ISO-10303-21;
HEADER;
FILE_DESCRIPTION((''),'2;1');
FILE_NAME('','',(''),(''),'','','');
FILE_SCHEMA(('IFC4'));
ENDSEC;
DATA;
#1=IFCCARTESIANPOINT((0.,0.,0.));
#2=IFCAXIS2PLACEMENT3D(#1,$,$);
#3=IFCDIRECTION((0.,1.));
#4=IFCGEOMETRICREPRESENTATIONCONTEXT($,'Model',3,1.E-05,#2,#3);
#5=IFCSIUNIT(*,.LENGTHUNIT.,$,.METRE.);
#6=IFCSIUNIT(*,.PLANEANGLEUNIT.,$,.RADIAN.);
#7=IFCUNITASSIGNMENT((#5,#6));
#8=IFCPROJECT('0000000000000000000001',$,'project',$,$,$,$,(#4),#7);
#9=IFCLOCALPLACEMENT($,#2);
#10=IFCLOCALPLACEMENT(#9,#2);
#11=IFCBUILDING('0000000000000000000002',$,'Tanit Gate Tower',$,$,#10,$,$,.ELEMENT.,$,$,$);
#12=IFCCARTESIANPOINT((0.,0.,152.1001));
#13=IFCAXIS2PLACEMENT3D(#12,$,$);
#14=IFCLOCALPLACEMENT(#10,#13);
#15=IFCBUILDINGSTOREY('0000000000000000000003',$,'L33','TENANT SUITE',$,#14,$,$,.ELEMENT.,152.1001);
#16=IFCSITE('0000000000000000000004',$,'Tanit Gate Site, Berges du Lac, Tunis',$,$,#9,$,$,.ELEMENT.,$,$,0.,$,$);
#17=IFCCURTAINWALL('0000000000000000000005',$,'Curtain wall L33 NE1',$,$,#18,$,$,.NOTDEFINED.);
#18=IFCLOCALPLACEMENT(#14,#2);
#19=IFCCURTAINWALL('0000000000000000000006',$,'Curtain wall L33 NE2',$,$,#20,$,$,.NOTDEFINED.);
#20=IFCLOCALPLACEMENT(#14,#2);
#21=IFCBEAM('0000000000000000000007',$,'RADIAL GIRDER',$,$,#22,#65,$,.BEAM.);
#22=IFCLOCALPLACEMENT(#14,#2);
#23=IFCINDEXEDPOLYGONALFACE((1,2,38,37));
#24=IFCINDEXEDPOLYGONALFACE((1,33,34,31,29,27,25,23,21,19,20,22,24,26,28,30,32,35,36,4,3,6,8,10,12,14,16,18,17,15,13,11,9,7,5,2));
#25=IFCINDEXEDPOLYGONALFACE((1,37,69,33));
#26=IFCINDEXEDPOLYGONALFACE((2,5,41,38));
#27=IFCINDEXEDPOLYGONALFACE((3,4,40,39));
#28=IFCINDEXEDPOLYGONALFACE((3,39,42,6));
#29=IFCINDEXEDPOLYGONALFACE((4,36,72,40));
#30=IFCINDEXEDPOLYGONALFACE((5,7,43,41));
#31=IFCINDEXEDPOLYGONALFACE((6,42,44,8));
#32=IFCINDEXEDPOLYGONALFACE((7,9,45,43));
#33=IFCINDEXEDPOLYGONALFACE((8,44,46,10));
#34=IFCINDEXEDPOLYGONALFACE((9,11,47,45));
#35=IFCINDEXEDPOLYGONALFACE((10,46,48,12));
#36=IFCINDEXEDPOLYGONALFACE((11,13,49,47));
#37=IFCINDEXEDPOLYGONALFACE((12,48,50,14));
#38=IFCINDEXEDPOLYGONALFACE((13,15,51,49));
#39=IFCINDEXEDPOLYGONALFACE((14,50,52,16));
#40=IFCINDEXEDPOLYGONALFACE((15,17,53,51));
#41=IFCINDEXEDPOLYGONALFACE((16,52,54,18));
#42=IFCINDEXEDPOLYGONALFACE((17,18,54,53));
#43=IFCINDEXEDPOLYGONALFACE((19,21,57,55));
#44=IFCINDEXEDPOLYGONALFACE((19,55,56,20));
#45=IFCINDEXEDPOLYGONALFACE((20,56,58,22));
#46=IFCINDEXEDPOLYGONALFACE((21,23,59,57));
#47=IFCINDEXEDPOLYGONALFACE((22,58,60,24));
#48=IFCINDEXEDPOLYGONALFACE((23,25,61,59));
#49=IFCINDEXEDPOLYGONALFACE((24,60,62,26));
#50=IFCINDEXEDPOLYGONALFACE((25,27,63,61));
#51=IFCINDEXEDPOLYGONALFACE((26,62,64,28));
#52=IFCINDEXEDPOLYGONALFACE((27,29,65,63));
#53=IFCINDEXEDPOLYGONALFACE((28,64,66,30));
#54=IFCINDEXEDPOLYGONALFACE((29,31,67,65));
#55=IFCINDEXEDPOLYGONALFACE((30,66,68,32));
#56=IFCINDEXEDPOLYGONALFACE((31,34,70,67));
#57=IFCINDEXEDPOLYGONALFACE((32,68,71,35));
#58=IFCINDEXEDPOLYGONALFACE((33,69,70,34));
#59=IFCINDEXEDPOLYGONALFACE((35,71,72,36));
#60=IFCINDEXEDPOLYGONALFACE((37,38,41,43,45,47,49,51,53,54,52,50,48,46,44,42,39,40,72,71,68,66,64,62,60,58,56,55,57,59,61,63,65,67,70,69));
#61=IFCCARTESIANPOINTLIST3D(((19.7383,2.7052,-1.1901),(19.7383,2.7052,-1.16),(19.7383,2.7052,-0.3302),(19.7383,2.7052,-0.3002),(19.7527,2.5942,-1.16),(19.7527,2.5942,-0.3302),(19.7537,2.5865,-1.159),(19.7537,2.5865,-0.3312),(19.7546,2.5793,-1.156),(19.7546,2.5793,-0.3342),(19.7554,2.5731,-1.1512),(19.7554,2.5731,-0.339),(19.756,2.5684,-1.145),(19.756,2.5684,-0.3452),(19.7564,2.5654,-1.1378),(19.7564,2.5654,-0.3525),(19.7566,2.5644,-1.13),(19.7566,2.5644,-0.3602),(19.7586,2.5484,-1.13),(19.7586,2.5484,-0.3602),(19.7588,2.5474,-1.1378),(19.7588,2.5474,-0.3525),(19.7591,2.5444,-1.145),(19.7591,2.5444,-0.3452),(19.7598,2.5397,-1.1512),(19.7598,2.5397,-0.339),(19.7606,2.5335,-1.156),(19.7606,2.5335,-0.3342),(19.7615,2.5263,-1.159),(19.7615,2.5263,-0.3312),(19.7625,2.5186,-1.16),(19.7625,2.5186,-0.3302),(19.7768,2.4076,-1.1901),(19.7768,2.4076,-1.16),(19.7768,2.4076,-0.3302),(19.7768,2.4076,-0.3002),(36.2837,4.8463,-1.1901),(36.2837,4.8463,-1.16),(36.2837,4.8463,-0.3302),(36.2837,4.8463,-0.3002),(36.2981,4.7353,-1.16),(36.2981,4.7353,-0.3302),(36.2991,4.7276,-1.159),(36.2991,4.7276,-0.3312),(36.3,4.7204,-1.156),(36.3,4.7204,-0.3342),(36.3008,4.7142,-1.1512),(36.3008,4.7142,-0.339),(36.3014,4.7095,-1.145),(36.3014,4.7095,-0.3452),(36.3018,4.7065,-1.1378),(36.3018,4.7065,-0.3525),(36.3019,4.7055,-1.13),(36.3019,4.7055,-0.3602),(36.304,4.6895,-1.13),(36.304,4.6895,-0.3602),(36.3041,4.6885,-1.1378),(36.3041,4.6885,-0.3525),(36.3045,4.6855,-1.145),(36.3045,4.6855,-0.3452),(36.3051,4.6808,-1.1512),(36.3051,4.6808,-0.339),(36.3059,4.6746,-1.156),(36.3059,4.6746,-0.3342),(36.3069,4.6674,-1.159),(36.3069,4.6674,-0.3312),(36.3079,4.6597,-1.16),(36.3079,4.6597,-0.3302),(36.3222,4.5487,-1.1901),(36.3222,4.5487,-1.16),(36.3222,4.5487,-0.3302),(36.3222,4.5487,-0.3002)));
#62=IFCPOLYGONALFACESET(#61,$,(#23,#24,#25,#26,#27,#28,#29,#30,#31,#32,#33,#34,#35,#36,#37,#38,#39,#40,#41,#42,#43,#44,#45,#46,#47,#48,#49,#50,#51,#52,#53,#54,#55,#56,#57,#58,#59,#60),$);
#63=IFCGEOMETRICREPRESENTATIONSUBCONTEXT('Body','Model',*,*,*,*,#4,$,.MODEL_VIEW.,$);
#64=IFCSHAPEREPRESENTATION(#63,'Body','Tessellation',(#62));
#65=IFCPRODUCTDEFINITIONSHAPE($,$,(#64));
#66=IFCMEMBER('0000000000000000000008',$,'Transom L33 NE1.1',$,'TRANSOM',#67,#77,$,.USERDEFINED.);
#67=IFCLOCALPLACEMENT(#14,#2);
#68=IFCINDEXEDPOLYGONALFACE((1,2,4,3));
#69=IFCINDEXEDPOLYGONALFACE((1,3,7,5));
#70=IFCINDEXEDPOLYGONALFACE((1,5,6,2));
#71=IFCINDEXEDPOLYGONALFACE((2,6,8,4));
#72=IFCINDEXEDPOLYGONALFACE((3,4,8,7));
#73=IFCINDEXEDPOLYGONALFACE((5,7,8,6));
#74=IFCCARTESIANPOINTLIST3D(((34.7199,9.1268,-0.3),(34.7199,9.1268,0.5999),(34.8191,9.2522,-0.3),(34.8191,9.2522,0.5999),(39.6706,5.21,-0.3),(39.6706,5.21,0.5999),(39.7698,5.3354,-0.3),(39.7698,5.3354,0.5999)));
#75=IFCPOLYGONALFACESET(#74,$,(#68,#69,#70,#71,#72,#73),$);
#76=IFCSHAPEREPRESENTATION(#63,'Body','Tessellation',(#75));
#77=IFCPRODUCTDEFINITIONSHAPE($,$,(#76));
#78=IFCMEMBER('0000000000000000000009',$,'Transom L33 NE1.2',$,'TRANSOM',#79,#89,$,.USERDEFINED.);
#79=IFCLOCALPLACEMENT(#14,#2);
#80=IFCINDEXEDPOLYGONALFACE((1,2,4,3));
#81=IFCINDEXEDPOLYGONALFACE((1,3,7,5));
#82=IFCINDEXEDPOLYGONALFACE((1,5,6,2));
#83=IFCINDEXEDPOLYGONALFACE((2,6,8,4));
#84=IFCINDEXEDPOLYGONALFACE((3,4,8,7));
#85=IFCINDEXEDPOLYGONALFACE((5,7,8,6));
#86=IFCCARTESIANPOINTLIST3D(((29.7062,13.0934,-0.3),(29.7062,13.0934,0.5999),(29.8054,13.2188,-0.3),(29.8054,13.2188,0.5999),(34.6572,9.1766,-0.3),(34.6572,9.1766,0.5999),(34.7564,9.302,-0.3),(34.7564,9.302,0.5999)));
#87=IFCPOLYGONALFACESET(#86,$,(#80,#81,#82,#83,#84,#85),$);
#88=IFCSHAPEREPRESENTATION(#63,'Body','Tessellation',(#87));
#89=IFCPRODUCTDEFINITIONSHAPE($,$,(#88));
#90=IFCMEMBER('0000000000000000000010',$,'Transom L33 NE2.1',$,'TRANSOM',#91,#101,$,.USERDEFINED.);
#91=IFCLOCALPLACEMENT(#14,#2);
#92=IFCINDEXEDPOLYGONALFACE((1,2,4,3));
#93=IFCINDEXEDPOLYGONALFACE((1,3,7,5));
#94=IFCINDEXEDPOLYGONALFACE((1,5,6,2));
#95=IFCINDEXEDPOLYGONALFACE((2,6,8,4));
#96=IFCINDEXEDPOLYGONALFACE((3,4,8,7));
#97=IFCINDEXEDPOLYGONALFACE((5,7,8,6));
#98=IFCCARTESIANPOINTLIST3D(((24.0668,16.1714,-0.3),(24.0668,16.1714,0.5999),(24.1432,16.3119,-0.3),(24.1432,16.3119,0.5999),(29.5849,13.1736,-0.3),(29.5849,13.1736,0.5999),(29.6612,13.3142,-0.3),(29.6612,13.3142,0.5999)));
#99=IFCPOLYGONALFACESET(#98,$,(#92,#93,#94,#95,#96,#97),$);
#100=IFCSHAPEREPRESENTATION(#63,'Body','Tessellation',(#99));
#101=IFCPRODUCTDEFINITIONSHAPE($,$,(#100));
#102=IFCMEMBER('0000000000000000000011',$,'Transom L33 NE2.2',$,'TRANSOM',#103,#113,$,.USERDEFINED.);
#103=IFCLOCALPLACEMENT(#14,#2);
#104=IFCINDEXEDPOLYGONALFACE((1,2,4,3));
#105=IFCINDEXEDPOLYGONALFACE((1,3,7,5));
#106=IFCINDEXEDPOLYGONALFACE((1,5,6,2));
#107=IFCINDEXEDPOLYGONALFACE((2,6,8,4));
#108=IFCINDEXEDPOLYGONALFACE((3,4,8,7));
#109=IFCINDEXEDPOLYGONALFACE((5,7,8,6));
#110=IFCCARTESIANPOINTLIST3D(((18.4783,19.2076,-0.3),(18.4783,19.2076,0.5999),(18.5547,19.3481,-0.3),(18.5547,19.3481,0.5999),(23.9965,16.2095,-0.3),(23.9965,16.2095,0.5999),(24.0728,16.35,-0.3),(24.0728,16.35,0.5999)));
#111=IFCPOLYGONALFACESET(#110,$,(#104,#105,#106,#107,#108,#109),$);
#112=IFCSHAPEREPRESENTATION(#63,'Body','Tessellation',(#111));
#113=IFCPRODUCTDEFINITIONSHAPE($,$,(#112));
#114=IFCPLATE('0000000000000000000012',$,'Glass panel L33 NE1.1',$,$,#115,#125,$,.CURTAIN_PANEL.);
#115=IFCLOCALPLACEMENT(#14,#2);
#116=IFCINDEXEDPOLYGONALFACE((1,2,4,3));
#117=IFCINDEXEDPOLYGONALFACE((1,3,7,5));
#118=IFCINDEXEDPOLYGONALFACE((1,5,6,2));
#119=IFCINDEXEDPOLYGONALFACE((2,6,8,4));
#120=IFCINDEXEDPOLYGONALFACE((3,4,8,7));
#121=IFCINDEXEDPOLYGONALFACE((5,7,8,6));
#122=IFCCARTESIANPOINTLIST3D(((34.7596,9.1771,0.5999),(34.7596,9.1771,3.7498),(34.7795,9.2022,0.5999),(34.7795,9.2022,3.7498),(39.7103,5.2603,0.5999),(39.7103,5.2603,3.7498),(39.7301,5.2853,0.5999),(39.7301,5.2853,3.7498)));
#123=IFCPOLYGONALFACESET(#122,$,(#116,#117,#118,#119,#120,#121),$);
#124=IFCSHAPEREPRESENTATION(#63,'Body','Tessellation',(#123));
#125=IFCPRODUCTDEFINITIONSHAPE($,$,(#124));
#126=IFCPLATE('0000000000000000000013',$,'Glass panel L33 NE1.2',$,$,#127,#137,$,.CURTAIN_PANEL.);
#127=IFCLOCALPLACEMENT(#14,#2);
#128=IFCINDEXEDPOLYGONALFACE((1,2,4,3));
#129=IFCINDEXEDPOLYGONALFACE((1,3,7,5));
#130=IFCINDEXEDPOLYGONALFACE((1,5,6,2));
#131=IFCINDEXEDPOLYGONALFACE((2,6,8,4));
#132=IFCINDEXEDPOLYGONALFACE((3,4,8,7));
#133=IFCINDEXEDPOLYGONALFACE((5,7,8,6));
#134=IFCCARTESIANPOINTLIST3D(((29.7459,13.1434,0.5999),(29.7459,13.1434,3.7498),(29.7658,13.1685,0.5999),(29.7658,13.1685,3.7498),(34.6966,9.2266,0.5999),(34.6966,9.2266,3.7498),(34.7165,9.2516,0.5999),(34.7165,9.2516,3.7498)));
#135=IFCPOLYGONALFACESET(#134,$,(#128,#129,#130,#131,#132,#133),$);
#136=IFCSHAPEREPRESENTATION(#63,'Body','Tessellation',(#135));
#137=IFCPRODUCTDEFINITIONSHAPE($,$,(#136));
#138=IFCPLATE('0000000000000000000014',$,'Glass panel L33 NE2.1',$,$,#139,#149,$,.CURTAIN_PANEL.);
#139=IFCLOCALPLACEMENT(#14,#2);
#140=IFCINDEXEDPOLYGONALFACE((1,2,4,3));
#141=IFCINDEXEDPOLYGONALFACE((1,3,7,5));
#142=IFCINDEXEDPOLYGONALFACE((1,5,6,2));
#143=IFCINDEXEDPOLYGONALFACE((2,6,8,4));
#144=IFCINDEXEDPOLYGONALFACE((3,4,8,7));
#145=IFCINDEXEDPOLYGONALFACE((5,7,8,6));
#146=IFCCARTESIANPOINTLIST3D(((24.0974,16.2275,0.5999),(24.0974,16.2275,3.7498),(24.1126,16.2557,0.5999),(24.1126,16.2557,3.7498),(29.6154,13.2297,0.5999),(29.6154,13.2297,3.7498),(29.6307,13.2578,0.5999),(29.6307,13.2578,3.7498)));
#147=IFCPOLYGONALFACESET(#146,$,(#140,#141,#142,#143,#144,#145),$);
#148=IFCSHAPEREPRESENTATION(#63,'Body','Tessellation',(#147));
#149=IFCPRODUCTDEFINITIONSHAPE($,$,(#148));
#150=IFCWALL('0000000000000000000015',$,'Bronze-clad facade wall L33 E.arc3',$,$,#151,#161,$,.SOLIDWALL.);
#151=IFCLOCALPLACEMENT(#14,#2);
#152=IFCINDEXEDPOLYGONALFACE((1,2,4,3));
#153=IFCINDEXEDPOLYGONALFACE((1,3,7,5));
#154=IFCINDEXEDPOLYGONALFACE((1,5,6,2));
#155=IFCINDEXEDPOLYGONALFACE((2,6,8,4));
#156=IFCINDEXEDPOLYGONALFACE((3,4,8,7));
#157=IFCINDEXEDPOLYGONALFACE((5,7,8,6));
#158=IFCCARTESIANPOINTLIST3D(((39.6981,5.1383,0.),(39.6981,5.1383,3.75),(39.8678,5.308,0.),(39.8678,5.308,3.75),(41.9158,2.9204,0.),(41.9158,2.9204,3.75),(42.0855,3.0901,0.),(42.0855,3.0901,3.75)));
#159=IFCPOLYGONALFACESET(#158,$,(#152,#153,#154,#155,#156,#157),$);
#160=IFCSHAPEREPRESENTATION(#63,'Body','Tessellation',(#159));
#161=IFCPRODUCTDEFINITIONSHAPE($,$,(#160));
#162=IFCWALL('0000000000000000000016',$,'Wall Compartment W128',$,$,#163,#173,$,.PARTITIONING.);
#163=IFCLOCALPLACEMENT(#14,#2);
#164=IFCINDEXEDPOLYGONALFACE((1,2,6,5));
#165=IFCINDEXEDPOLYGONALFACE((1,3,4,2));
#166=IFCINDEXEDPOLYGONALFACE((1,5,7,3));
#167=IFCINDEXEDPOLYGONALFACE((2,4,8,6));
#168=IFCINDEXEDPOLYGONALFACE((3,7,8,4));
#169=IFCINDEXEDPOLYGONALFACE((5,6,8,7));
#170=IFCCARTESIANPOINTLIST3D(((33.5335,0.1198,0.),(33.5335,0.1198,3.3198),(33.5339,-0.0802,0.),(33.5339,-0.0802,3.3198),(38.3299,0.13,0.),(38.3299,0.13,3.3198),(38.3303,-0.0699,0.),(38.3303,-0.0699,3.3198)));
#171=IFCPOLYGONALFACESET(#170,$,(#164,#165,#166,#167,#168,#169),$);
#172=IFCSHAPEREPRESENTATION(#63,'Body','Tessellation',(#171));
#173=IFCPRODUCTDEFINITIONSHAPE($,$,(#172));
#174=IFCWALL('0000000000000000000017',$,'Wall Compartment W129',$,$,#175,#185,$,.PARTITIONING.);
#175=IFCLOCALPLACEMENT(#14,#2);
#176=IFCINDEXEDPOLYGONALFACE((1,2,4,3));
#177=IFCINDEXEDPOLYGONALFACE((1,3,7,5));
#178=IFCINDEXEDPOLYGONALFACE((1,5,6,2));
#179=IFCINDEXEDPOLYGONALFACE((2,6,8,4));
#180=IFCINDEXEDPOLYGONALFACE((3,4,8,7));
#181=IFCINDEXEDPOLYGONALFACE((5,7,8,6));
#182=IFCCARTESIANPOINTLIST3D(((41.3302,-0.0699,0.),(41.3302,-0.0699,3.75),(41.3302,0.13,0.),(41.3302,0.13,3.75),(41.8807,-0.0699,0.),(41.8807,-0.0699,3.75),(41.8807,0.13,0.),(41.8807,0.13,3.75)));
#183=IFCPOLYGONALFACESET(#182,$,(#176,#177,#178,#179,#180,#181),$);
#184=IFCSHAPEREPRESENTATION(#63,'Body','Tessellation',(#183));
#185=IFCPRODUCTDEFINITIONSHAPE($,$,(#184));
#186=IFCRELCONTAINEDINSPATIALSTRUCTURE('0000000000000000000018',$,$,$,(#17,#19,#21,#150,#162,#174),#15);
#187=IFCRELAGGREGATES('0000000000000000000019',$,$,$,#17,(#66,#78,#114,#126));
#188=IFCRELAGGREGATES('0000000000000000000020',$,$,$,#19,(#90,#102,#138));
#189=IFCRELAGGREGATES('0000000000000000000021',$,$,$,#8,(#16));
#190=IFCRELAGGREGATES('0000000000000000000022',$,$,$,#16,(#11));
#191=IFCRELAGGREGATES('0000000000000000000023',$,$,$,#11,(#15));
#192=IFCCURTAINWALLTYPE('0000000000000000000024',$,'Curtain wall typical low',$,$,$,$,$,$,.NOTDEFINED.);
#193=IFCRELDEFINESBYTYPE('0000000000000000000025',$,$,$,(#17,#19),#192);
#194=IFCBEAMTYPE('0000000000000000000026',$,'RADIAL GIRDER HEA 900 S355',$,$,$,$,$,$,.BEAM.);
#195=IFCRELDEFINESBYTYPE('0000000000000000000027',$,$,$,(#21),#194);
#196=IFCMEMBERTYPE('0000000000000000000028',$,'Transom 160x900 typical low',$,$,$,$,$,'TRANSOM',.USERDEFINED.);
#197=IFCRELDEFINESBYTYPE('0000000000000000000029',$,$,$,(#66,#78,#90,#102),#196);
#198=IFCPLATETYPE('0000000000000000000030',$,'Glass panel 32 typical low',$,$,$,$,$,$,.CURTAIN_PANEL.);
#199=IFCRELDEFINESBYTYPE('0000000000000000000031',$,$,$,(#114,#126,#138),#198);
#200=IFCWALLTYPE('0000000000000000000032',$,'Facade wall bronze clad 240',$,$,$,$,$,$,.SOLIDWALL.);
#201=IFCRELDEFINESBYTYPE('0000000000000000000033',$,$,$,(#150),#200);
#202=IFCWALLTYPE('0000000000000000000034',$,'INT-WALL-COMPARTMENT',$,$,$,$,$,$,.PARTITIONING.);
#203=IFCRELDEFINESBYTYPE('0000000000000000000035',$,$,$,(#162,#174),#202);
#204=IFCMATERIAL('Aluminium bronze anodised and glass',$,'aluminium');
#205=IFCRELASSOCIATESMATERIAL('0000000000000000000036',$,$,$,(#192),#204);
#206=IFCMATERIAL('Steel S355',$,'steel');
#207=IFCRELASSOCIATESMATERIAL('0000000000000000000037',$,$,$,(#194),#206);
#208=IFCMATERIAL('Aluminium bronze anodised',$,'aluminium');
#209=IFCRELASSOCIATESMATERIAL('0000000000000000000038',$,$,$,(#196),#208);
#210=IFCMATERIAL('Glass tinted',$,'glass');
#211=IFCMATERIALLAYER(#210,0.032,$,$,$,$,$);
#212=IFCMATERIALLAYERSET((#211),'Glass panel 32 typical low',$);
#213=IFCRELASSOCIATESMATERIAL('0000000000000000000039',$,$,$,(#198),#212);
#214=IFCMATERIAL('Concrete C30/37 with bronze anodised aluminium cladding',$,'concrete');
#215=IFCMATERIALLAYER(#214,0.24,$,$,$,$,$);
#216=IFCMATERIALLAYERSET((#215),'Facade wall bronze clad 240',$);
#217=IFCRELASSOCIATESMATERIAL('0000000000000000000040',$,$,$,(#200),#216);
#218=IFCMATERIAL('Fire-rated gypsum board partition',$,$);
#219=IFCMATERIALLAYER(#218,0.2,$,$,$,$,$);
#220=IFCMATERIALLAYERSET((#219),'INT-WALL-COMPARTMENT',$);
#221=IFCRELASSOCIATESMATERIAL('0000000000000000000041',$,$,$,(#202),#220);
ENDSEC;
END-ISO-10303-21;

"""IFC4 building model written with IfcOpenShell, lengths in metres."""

from ifc_helpers import new_model, si_unit, direction, frame, frame_2d, origin, origin_2d, place, context, subcontext, project, spatial, rectangle, i_section, extrude, material, layer, layer_set, material_profile, profile_set, type_object, element, aggregate, save


model = new_model("IFC4")

# Units and contexts
model_context = context("Model", 3, precision=1e-05, world=origin(), true_north=direction((0.0, 1.0)))
body_context = subcontext(model_context, "Body", "Model", "MODEL_VIEW")
ifc_project = project(units=[si_unit("LENGTHUNIT", "METRE"), si_unit("PLANEANGLEUNIT", "RADIAN")], contexts=[model_context])

# Site, building, storey
site_placement = place(None, origin())
site = spatial("IfcSite", under=ifc_project, at=site_placement, Name="Tanit Gate Site, Berges du Lac, Tunis", CompositionType="ELEMENT", RefElevation=0.0)
building_placement = place(site_placement, origin())
building = spatial("IfcBuilding", under=site, at=building_placement, Name="Tanit Gate Tower", CompositionType="ELEMENT")
storey_placement = place(building_placement, frame((0.0, 0.0, 152.1001)))
storey = spatial("IfcBuildingStorey", under=building, at=storey_placement, Name="L33", Description="TENANT SUITE", CompositionType="ELEMENT", Elevation=152.1001)

# Curtain wall
ifc_material_1 = material(Name="Aluminium bronze anodised and glass", Category="aluminium")
curtain_wall_type = type_object("IfcCurtainWallType", Name="Curtain wall typical low", PredefinedType="NOTDEFINED", material=ifc_material_1)
curtain_wall_1_placement = place(storey_placement, origin())
curtain_wall_1 = element("IfcCurtainWall", 1, at=curtain_wall_1_placement, inside=storey, type_object=curtain_wall_type, Name="Curtain wall L33 NE1", PredefinedType="NOTDEFINED")

# Curtain wall
curtain_wall_2_placement = place(storey_placement, origin())
curtain_wall_2 = element("IfcCurtainWall", 2, at=curtain_wall_2_placement, inside=storey, type_object=curtain_wall_type, Name="Curtain wall L33 NE2", PredefinedType="NOTDEFINED")

# Beam
ifc_material_2 = material(Name="Steel S355", Category="steel")
ifc_material_profile_1 = material_profile(ifc_material_2, i_section(OverallWidth=0.3, OverallDepth=0.8899, WebThickness=0.0161, FlangeThickness=0.03, FilletRadius=0.03, at=origin_2d()), Name="HEA 900")
ifc_profile_set_1 = profile_set([ifc_material_profile_1], Name="Steel S355")
beam_type_1 = type_object("IfcBeamType", Name="RADIAL GIRDER HEA 900 S355", PredefinedType="BEAM", material=ifc_profile_set_1)
beam_1_placement = place(storey_placement, frame((36.303, 4.6975, -0.7451), z_axis=(-0.99173, -0.128338, 0.0), x_axis=(0.128338, -0.99173, 0.0)))
element("IfcBeam", 3, at=beam_1_placement, inside=storey, type_object=beam_type_1, Name="RADIAL GIRDER", PredefinedType="BEAM", context=body_context, shape_type="SweptSolid", body=[
    extrude(i_section(OverallWidth=0.3, OverallDepth=0.8899, WebThickness=0.0161, FlangeThickness=0.03, FilletRadius=0.03, at=origin_2d()), origin(), (0.0, 0.0, 1.0), 16.6833),
])

# Members
ifc_material_3 = material(Name="Aluminium bronze anodised", Category="aluminium")
ifc_material_profile_2 = material_profile(ifc_material_3, rectangle(XDim=0.1599, YDim=0.8999, at=origin_2d()), Name="160x900 bronze transom")
ifc_profile_set_2 = profile_set([ifc_material_profile_2], Name="Aluminium bronze anodised")
member_type_1 = type_object("IfcMemberType", Name="Transom 160x900 typical low", ElementType="TRANSOM", PredefinedType="USERDEFINED", material=ifc_profile_set_2)
member_1_placement = place(storey_placement, frame((39.7202, 5.2727, 0.1499), z_axis=(-0.784242, 0.620455, 0.0), x_axis=(-0.620455, -0.784242, 0.0)))
member_1 = element("IfcMember", 4, at=member_1_placement, type_object=member_type_1, Name="Transom L33 NE1.1", ObjectType="TRANSOM", PredefinedType="USERDEFINED", context=body_context, shape_type="SweptSolid", body=[
    extrude(rectangle(XDim=0.1599, YDim=0.8999, at=origin_2d()), origin(), (0.0, 0.0, 1.0), 6.3127),
])
member_2_placement = place(storey_placement, frame((34.7068, 9.2393, 0.1499), z_axis=(-0.784257, 0.620436, 0.0), x_axis=(-0.620436, -0.784257, 0.0)))
member_2 = element("IfcMember", 5, at=member_2_placement, type_object=member_type_1, Name="Transom L33 NE1.2", ObjectType="TRANSOM", PredefinedType="USERDEFINED", context=body_context, shape_type="SweptSolid", body=[
    extrude(rectangle(XDim=0.1599, YDim=0.8999, at=origin_2d()), origin(), (0.0, 0.0, 1.0), 6.313),
])
member_3_placement = place(storey_placement, frame((29.623, 13.2439, 0.1499), z_axis=(-0.878701, 0.477372, 0.0), x_axis=(-0.477372, -0.878701, 0.0)))
member_3 = element("IfcMember", 6, at=member_3_placement, type_object=member_type_1, Name="Transom L33 NE2.1", ObjectType="TRANSOM", PredefinedType="USERDEFINED", context=body_context, shape_type="SweptSolid", body=[
    extrude(rectangle(XDim=0.1599, YDim=0.8999, at=origin_2d()), origin(), (0.0, 0.0, 1.0), 6.2798),
])
member_4_placement = place(storey_placement, frame((24.0347, 16.2798, 0.1499), z_axis=(-0.878685, 0.477402, 0.0), x_axis=(-0.477402, -0.878685, 0.0)))
member_4 = element("IfcMember", 7, at=member_4_placement, type_object=member_type_1, Name="Transom L33 NE2.2", ObjectType="TRANSOM", PredefinedType="USERDEFINED", context=body_context, shape_type="SweptSolid", body=[
    extrude(rectangle(XDim=0.1599, YDim=0.8999, at=origin_2d()), origin(), (0.0, 0.0, 1.0), 6.28),
])

# Plates
ifc_material_4 = material(Name="Glass tinted", Category="glass")
ifc_layer_1 = layer(ifc_material_4, 0.032)
ifc_layer_set_1 = layer_set([ifc_layer_1], Name="Glass panel 32 typical low")
plate_type = type_object("IfcPlateType", Name="Glass panel 32 typical low", PredefinedType="CURTAIN_PANEL", material=ifc_layer_set_1)
plate_1_placement = place(storey_placement, frame((37.2449, 7.2312, 0.5999), z_axis=(0.0, 0.0, 1.0), x_axis=(-0.784237, 0.620462, 0.0)))
plate_1 = element("IfcPlate", 8, at=plate_1_placement, type_object=plate_type, Name="Glass panel L33 NE1.1", PredefinedType="CURTAIN_PANEL", context=body_context, shape_type="SweptSolid", body=[
    extrude(rectangle(XDim=6.3127, YDim=0.032, at=origin_2d()), origin(), (0.0, 0.0, 1.0), 3.1499),
])
plate_2_placement = place(storey_placement, frame((32.2312, 11.1975, 0.5999), z_axis=(0.0, 0.0, 1.0), x_axis=(-0.784237, 0.620462, 0.0)))
plate_2 = element("IfcPlate", 9, at=plate_2_placement, type_object=plate_type, Name="Glass panel L33 NE1.2", PredefinedType="CURTAIN_PANEL", context=body_context, shape_type="SweptSolid", body=[
    extrude(rectangle(XDim=6.3127, YDim=0.032, at=origin_2d()), origin(), (0.0, 0.0, 1.0), 3.1499),
])
aggregate(curtain_wall_1, [member_1, member_2, plate_1, plate_2])
plate_3_placement = place(storey_placement, frame((26.864, 14.7427, 0.5999), z_axis=(0.0, 0.0, 1.0), x_axis=(-0.878696, 0.477381, 0.0)))
plate_3 = element("IfcPlate", 10, at=plate_3_placement, type_object=plate_type, Name="Glass panel L33 NE2.1", PredefinedType="CURTAIN_PANEL", context=body_context, shape_type="SweptSolid", body=[
    extrude(rectangle(XDim=6.2798, YDim=0.032, at=origin_2d()), origin(), (0.0, 0.0, 1.0), 3.1499),
])
aggregate(curtain_wall_2, [member_3, member_4, plate_3])

# Walls
ifc_material_5 = material(Name="Concrete C30/37 with bronze anodised aluminium cladding", Category="concrete")
ifc_layer_2 = layer(ifc_material_5, 0.24)
ifc_layer_set_2 = layer_set([ifc_layer_2], Name="Facade wall bronze clad 240")
wall_type_1 = type_object("IfcWallType", Name="Facade wall bronze clad 240", PredefinedType="SOLIDWALL", material=ifc_layer_set_2)
wall_1_placement = place(storey_placement, frame((42.0007, 3.0051, 0.0), z_axis=(0.0, 0.0, 1.0), x_axis=(-0.707068, 0.707146, 0.0)))
element("IfcWall", 11, at=wall_1_placement, inside=storey, type_object=wall_type_1, Name="Bronze-clad facade wall L33 E.arc3", PredefinedType="SOLIDWALL", context=body_context, shape_type="SweptSolid", body=[
    extrude(rectangle(XDim=3.1365, YDim=0.24, at=frame_2d((1.5684, 0.0))), origin(), (0.0, 0.0, 1.0), 3.75),
])
ifc_material_6 = material(Name="Fire-rated gypsum board partition")
ifc_layer_3 = layer(ifc_material_6, 0.2)
ifc_layer_set_3 = layer_set([ifc_layer_3], Name="INT-WALL-COMPARTMENT")
wall_type_2 = type_object("IfcWallType", Name="INT-WALL-COMPARTMENT", PredefinedType="PARTITIONING", material=ifc_layer_set_3)
wall_2_placement = place(storey_placement, frame((33.5337, 0.0198, 0.0), z_axis=(0.0, 0.0, 1.0), x_axis=(0.999998, 0.002138, 0.0)))
element("IfcWall", 12, at=wall_2_placement, inside=storey, type_object=wall_type_2, Name="Wall Compartment W128", PredefinedType="PARTITIONING", context=body_context, shape_type="SweptSolid", body=[
    extrude(rectangle(XDim=4.7964, YDim=0.2, at=frame_2d((2.3982, 0.0))), origin(), (0.0, 0.0, 1.0), 3.3198),
])
wall_3_placement = place(storey_placement, frame((41.3301, 0.03, 0.0), z_axis=(0.0, 0.0, 1.0), x_axis=(1.0, 0.0, 0.0)))
element("IfcWall", 13, at=wall_3_placement, inside=storey, type_object=wall_type_2, Name="Wall Compartment W129", PredefinedType="PARTITIONING", context=body_context, shape_type="SweptSolid", body=[
    extrude(rectangle(XDim=0.5505, YDim=0.2, at=frame_2d((0.2754, 0.0))), origin(), (0.0, 0.0, 1.0), 3.75),
])

save(model, "model.ifc")
